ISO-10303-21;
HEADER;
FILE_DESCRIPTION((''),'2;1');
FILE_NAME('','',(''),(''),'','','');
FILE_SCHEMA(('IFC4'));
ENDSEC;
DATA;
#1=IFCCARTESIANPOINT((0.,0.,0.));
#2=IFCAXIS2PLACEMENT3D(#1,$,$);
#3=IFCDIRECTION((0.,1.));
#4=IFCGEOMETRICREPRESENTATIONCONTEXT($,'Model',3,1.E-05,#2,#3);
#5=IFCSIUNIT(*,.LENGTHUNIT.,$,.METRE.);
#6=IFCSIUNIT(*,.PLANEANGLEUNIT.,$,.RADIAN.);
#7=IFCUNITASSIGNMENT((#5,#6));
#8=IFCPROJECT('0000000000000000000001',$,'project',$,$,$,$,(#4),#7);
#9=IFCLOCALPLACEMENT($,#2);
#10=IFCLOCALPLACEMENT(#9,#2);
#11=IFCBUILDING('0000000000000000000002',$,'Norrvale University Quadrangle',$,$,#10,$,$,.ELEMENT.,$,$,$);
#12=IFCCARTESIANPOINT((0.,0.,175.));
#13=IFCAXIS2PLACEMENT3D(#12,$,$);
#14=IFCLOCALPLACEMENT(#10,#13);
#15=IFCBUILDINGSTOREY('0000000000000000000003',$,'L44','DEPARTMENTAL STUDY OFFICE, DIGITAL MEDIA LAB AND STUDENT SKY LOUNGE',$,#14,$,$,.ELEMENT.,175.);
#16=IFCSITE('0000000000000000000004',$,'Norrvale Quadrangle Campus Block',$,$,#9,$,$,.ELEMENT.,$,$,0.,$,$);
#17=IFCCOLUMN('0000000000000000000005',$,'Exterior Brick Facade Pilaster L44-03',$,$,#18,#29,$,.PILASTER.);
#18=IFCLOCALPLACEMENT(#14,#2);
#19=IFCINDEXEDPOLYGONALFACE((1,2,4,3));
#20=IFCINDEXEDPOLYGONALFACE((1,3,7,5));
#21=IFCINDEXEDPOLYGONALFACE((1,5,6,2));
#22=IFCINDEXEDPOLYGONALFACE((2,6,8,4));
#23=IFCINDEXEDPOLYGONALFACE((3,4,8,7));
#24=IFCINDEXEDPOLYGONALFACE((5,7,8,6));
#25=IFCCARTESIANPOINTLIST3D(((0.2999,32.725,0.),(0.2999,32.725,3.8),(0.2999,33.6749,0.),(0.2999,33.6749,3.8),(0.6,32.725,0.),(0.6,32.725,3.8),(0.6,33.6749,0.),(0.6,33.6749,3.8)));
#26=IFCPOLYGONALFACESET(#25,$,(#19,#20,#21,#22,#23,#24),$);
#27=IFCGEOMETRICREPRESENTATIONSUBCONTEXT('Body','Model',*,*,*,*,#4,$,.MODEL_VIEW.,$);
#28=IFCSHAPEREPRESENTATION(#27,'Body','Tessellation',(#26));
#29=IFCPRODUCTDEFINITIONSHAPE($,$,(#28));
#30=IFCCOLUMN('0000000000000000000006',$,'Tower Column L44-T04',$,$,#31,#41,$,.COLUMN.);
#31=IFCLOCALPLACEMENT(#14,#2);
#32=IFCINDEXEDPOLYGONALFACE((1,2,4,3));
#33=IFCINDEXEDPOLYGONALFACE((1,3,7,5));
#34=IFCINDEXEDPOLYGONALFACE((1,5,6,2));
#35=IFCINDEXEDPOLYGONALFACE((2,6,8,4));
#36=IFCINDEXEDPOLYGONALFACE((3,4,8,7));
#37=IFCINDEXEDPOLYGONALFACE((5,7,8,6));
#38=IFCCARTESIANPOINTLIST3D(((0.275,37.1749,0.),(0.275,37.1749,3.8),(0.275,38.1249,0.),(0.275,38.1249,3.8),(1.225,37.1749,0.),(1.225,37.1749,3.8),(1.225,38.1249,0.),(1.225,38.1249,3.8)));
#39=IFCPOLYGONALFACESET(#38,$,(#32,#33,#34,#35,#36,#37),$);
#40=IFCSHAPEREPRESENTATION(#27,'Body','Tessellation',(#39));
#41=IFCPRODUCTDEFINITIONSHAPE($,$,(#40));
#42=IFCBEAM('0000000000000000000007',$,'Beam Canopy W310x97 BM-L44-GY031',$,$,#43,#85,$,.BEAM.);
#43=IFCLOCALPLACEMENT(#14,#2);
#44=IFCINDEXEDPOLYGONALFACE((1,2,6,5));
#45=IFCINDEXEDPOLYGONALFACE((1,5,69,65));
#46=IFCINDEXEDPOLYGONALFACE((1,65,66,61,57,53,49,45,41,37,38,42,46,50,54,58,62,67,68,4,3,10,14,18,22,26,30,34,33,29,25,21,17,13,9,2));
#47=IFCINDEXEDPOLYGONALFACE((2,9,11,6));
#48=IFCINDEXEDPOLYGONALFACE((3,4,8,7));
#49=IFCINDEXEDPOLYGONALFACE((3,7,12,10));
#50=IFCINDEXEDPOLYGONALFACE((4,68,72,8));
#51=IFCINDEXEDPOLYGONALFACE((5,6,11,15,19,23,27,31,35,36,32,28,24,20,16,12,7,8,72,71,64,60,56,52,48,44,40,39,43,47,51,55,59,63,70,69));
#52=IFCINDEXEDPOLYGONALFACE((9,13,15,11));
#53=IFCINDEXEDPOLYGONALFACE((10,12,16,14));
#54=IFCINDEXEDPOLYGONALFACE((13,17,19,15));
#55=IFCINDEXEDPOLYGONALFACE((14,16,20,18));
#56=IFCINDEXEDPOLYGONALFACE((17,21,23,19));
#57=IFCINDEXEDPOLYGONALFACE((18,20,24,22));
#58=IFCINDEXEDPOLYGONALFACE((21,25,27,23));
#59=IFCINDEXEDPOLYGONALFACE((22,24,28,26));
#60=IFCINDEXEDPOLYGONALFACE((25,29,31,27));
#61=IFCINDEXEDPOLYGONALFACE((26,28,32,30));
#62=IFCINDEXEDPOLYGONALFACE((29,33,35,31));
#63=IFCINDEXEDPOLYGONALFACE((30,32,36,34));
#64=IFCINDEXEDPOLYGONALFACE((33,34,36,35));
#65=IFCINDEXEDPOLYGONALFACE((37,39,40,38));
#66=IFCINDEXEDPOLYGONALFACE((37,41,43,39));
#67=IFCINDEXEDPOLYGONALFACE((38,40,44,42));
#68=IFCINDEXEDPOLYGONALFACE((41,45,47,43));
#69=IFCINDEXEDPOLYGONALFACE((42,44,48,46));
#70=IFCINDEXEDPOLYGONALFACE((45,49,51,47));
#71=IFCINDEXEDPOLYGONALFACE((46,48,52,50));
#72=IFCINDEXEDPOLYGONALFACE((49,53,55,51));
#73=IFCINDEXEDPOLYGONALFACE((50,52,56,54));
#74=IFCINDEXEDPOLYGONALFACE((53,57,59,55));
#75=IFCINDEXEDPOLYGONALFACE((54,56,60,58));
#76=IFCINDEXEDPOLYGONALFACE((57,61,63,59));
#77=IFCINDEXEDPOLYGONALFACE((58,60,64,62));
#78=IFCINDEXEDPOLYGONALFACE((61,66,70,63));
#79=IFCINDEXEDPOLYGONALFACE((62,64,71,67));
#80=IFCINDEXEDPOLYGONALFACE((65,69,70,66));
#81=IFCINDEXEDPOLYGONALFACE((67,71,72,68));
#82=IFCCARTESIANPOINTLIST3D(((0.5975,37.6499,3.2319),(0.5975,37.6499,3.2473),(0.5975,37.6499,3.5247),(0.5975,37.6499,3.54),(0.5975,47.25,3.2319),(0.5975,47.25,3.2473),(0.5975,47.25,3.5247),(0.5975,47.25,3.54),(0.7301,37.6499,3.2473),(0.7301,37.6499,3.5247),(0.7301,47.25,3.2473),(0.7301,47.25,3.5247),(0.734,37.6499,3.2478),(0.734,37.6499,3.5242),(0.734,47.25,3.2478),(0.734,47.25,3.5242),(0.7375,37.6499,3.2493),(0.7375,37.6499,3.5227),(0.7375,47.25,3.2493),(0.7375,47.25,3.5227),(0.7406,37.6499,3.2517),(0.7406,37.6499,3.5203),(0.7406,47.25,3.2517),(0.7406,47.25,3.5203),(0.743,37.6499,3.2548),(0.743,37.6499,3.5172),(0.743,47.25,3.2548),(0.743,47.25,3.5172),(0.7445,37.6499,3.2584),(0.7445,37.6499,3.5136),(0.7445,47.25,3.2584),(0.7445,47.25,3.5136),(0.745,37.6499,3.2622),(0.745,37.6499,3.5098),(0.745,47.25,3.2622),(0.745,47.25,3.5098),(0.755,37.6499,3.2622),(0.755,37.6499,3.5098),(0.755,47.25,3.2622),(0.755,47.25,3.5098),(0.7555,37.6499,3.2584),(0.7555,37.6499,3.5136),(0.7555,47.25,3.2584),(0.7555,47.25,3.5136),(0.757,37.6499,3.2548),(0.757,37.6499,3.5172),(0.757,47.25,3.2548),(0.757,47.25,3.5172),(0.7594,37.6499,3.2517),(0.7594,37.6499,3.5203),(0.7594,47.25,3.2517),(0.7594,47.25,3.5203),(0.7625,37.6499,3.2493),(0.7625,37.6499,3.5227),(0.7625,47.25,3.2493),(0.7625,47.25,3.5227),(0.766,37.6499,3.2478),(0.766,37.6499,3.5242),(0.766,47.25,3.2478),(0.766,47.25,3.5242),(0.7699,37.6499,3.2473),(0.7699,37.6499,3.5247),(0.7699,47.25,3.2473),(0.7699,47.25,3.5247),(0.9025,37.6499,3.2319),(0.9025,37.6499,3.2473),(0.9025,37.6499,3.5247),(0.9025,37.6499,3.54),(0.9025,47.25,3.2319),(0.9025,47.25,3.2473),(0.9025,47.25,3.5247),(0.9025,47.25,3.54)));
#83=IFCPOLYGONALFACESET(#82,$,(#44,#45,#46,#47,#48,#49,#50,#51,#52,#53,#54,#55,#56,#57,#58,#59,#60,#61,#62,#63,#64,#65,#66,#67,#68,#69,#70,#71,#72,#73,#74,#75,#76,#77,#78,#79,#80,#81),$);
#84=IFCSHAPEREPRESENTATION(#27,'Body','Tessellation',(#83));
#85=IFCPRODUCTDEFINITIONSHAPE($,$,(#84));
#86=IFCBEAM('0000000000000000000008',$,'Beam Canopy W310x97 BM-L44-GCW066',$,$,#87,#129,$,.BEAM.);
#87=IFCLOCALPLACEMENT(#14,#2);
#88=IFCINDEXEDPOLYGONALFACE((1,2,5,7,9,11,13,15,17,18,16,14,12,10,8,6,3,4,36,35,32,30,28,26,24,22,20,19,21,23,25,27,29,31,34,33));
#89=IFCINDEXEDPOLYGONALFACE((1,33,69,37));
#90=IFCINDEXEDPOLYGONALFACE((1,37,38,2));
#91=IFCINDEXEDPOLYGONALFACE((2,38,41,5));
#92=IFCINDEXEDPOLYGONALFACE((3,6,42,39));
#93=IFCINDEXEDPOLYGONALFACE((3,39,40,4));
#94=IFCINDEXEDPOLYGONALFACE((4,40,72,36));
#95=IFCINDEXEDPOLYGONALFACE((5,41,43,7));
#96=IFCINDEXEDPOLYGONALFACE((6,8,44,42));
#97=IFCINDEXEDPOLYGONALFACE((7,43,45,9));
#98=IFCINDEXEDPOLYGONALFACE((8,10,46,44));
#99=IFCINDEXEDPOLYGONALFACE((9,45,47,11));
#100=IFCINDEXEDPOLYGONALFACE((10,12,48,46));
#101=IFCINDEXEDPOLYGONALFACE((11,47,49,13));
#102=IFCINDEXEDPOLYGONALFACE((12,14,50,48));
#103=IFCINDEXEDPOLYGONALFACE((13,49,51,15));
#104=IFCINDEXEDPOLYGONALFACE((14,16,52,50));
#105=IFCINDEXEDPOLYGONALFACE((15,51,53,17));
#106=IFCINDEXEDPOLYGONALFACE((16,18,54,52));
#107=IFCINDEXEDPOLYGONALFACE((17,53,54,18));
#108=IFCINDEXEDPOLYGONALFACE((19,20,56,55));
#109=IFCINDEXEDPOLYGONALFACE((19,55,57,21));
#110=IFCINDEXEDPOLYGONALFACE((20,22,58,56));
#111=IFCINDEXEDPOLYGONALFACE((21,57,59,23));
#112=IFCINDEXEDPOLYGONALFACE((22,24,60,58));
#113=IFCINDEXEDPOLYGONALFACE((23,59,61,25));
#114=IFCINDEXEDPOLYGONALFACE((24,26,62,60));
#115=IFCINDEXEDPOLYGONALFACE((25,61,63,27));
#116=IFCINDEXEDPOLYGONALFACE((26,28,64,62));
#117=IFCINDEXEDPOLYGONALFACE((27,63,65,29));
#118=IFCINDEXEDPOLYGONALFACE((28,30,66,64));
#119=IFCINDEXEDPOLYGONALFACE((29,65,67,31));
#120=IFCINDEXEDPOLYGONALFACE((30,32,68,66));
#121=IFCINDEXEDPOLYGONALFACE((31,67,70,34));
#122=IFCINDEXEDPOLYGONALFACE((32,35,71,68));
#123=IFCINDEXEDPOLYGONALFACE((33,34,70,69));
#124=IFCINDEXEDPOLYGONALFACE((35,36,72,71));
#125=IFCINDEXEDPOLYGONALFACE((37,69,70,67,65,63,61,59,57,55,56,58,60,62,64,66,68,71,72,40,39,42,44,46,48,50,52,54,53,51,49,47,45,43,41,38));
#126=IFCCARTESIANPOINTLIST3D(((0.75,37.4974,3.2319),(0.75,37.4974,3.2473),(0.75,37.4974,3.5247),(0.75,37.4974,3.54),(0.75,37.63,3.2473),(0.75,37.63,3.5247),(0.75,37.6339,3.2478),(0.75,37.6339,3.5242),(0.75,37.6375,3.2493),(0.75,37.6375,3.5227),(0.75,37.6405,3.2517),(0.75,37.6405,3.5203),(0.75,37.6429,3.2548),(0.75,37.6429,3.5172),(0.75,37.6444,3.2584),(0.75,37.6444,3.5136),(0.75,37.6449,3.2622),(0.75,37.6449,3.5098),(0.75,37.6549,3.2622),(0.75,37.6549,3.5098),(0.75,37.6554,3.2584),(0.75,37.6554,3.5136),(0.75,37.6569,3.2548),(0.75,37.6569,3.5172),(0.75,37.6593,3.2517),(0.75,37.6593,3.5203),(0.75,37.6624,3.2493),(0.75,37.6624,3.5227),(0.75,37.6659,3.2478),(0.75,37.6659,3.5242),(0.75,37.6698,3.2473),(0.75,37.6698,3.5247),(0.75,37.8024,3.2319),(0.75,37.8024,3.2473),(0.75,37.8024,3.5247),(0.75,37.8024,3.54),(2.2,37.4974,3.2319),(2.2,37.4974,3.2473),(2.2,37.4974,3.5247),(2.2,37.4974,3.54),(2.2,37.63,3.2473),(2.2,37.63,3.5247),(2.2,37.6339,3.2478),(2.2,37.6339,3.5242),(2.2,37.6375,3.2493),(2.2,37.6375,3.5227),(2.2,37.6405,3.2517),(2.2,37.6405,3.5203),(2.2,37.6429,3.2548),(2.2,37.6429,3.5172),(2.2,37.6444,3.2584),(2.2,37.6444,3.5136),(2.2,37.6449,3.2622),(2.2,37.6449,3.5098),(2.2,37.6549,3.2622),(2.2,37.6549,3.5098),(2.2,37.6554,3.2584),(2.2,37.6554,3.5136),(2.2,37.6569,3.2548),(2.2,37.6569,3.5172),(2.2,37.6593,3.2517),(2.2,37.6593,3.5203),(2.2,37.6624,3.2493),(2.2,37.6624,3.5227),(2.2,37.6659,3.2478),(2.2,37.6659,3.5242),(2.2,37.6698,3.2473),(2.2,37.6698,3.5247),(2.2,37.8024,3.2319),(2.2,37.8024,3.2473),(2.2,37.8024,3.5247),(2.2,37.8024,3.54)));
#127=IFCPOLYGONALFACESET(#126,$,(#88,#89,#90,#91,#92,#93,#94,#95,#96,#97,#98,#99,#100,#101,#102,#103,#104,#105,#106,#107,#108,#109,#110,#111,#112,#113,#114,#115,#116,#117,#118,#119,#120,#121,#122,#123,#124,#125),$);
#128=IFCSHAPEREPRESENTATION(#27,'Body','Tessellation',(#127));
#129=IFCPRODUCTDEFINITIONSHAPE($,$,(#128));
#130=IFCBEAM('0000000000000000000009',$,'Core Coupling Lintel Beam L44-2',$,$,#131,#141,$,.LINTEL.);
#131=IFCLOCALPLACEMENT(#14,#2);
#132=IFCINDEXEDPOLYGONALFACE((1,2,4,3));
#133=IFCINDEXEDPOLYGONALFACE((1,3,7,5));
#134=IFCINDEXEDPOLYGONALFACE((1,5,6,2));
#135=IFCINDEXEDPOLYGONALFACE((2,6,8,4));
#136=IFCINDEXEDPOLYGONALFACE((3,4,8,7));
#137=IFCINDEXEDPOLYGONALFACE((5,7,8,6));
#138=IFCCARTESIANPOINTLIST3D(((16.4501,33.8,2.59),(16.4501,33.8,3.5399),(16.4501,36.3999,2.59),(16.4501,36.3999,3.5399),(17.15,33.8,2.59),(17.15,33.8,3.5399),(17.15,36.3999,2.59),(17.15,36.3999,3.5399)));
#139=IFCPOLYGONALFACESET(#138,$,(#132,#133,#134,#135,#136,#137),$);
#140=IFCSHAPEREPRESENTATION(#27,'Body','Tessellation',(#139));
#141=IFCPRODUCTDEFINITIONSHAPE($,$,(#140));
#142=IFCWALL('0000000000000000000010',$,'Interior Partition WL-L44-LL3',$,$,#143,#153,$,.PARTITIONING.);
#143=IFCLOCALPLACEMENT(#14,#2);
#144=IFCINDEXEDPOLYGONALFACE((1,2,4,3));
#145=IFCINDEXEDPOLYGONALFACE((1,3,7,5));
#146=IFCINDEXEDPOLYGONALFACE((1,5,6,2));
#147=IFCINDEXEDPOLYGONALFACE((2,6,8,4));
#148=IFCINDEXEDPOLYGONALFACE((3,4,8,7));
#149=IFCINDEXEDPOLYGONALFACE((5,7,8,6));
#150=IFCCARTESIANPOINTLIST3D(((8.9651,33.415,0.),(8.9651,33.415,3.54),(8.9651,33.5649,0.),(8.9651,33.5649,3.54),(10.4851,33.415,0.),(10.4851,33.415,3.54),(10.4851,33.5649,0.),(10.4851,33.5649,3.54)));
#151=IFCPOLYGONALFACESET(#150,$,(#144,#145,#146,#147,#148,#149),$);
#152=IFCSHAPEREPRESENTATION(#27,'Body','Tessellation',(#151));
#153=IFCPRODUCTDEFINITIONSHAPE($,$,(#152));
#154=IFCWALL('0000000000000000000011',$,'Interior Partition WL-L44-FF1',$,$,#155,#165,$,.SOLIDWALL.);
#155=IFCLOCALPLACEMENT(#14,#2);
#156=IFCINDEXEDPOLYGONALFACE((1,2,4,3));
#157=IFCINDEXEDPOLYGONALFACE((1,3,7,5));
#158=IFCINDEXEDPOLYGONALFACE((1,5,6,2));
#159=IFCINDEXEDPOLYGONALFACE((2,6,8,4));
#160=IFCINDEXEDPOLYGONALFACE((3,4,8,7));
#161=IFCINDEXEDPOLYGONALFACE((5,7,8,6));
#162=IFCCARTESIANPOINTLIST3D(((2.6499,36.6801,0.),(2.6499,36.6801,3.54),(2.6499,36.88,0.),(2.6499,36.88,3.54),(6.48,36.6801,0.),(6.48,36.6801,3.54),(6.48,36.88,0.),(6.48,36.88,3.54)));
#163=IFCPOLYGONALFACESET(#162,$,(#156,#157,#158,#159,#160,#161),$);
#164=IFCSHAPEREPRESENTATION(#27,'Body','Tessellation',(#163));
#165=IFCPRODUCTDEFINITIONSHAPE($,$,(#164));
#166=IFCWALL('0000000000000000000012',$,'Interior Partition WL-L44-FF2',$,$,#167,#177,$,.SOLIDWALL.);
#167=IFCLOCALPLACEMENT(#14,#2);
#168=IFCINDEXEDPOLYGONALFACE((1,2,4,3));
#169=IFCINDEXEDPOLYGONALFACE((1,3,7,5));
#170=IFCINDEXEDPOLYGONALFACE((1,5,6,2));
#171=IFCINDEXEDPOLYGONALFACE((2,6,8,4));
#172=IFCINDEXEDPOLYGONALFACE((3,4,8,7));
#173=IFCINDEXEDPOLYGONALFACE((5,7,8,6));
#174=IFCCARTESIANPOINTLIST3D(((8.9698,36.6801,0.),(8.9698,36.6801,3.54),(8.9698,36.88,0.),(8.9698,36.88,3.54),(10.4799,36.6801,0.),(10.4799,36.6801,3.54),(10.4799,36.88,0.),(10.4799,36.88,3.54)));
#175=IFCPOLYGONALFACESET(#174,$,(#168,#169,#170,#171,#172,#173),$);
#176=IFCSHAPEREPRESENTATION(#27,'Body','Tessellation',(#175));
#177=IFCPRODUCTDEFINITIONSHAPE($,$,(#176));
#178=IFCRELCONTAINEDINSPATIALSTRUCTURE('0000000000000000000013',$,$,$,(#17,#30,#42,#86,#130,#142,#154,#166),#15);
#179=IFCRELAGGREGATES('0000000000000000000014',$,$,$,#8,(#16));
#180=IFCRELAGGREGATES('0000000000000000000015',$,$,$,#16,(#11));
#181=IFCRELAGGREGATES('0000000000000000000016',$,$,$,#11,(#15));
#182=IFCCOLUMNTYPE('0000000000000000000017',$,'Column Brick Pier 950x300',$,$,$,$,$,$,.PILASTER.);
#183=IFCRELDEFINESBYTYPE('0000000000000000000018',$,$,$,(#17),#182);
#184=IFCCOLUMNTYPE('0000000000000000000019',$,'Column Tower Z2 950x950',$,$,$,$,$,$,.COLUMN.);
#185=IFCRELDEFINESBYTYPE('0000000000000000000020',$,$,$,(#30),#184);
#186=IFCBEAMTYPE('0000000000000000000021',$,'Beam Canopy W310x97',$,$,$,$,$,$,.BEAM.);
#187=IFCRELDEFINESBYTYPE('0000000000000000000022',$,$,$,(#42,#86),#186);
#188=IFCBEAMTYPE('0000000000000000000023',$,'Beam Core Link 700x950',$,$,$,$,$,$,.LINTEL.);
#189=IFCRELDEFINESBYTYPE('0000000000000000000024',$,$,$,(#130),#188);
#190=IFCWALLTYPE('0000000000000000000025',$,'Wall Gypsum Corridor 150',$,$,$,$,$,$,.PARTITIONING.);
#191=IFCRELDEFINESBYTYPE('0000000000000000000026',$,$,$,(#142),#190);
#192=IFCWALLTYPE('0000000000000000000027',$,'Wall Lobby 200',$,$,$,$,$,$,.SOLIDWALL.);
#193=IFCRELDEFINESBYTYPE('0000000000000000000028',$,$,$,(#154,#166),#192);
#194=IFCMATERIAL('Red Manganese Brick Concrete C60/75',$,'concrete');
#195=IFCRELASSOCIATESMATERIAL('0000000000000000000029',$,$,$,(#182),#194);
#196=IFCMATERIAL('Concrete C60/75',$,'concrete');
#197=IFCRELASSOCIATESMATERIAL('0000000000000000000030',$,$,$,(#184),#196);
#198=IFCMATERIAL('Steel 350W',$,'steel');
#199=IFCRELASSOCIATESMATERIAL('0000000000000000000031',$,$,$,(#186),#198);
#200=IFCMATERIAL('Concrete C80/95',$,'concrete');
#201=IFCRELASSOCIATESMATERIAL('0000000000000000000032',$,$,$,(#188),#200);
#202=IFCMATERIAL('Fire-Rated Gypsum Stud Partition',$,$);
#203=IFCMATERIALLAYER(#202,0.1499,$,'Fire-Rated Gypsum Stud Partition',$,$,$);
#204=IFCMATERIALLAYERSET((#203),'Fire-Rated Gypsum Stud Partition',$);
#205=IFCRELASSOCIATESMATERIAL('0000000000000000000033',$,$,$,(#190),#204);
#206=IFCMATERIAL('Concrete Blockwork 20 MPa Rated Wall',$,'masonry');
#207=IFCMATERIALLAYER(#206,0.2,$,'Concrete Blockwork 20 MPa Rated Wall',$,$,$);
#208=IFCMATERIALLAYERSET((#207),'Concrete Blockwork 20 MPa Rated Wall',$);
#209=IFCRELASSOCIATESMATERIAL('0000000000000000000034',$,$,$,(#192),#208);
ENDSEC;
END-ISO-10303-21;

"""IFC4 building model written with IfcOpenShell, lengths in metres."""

from ifc_helpers import new_model, si_unit, direction, frame, frame_2d, origin, origin_2d, place, context, subcontext, project, spatial, rectangle, i_section, extrude, material, layer, layer_set, material_profile, profile_set, type_object, element, save


model = new_model("IFC4")

# Units and contexts
model_context = context("Model", 3, precision=1e-05, world=origin(), true_north=direction((0.0, 1.0)))
body_context = subcontext(model_context, "Body", "Model", "MODEL_VIEW")
ifc_project = project(units=[si_unit("LENGTHUNIT", "METRE"), si_unit("PLANEANGLEUNIT", "RADIAN")], contexts=[model_context])

# Site, building, storey
site_placement = place(None, origin())
site = spatial("IfcSite", under=ifc_project, at=site_placement, Name="Norrvale Quadrangle Campus Block", CompositionType="ELEMENT", RefElevation=0.0)
building_placement = place(site_placement, origin())
building = spatial("IfcBuilding", under=site, at=building_placement, Name="Norrvale University Quadrangle", CompositionType="ELEMENT")
storey_placement = place(building_placement, frame((0.0, 0.0, 175.0)))
storey = spatial("IfcBuildingStorey", under=building, at=storey_placement, Name="L44", Description="DEPARTMENTAL STUDY OFFICE, DIGITAL MEDIA LAB AND STUDENT SKY LOUNGE", CompositionType="ELEMENT", Elevation=175.0)

# Columns
ifc_material_1 = material(Name="Red Manganese Brick Concrete C60/75", Category="concrete")
ifc_material_profile_1 = material_profile(ifc_material_1, rectangle(XDim=0.95, YDim=0.3, at=origin_2d()), Name="Red Manganese Brick Concrete C60/75")
ifc_profile_set_1 = profile_set([ifc_material_profile_1], Name="Red Manganese Brick Concrete C60/75")
column_type_1 = type_object("IfcColumnType", Name="Column Brick Pier 950x300", PredefinedType="PILASTER", material=ifc_profile_set_1)
column_1_placement = place(storey_placement, frame((0.45, 33.2, 0.0), z_axis=(0.0, 0.0, 1.0), x_axis=(0.0, 1.0, 0.0)))
element("IfcColumn", 1, at=column_1_placement, inside=storey, type_object=column_type_1, Name="Exterior Brick Facade Pilaster L44-03", PredefinedType="PILASTER", context=body_context, shape_type="SweptSolid", body=[
    extrude(rectangle(XDim=0.95, YDim=0.3, at=origin_2d()), origin(), (0.0, 0.0, 1.0), 3.8),
])
ifc_material_2 = material(Name="Concrete C60/75", Category="concrete")
ifc_material_profile_2 = material_profile(ifc_material_2, rectangle(XDim=0.95, YDim=0.95, at=origin_2d()), Name="Concrete C60/75")
ifc_profile_set_2 = profile_set([ifc_material_profile_2], Name="Concrete C60/75")
column_type_2 = type_object("IfcColumnType", Name="Column Tower Z2 950x950", PredefinedType="COLUMN", material=ifc_profile_set_2)
column_2_placement = place(storey_placement, frame((0.75, 37.6499, 0.0), z_axis=(0.0, 0.0, 1.0), x_axis=(1.0, 0.0, 0.0)))
element("IfcColumn", 2, at=column_2_placement, inside=storey, type_object=column_type_2, Name="Tower Column L44-T04", PredefinedType="COLUMN", context=body_context, shape_type="SweptSolid", body=[
    extrude(rectangle(XDim=0.95, YDim=0.95, at=origin_2d()), origin(), (0.0, 0.0, 1.0), 3.8),
])

# Beams
ifc_material_3 = material(Name="Steel 350W", Category="steel")
ifc_material_profile_3 = material_profile(ifc_material_3, i_section(OverallWidth=0.3049, OverallDepth=0.3081, WebThickness=0.01, FlangeThickness=0.0154, FilletRadius=0.0149, at=origin_2d()), Name="Steel 350W")
ifc_profile_set_3 = profile_set([ifc_material_profile_3], Name="Steel 350W")
beam_type_1 = type_object("IfcBeamType", Name="Beam Canopy W310x97", PredefinedType="BEAM", material=ifc_profile_set_3)
beam_1_placement = place(storey_placement, frame((0.75, 37.6499, 3.386), z_axis=(0.0, 1.0, 0.0), x_axis=(-1.0, 0.0, 0.0)))
element("IfcBeam", 3, at=beam_1_placement, inside=storey, type_object=beam_type_1, Name="Beam Canopy W310x97 BM-L44-GY031", PredefinedType="BEAM", context=body_context, shape_type="SweptSolid", body=[
    extrude(i_section(OverallWidth=0.3049, OverallDepth=0.3081, WebThickness=0.01, FlangeThickness=0.0154, FilletRadius=0.0149, at=origin_2d()), origin(), (0.0, 0.0, 1.0), 9.6001),
])
beam_2_placement = place(storey_placement, frame((0.75, 37.6499, 3.386), z_axis=(1.0, 0.0, 0.0), x_axis=(0.0, 1.0, 0.0)))
element("IfcBeam", 4, at=beam_2_placement, inside=storey, type_object=beam_type_1, Name="Beam Canopy W310x97 BM-L44-GCW066", PredefinedType="BEAM", context=body_context, shape_type="SweptSolid", body=[
    extrude(i_section(OverallWidth=0.3049, OverallDepth=0.3081, WebThickness=0.01, FlangeThickness=0.0154, FilletRadius=0.0149, at=origin_2d()), origin(), (0.0, 0.0, 1.0), 1.45),
])
ifc_material_4 = material(Name="Concrete C80/95", Category="concrete")
ifc_material_profile_4 = material_profile(ifc_material_4, rectangle(XDim=0.7, YDim=0.95, at=origin_2d()), Name="Concrete C80/95")
ifc_profile_set_4 = profile_set([ifc_material_profile_4], Name="Concrete C80/95")
beam_type_2 = type_object("IfcBeamType", Name="Beam Core Link 700x950", PredefinedType="LINTEL", material=ifc_profile_set_4)
beam_3_placement = place(storey_placement, frame((16.8, 33.8, 3.0649), z_axis=(0.0, 1.0, 0.0), x_axis=(-1.0, 0.0, 0.0)))
element("IfcBeam", 5, at=beam_3_placement, inside=storey, type_object=beam_type_2, Name="Core Coupling Lintel Beam L44-2", PredefinedType="LINTEL", context=body_context, shape_type="SweptSolid", body=[
    extrude(rectangle(XDim=0.7, YDim=0.95, at=origin_2d()), origin(), (0.0, 0.0, 1.0), 2.5999),
])

# Walls
ifc_material_5 = material(Name="Fire-Rated Gypsum Stud Partition")
ifc_layer_1 = layer(ifc_material_5, 0.1499, Name="Fire-Rated Gypsum Stud Partition")
ifc_layer_set_1 = layer_set([ifc_layer_1], Name="Fire-Rated Gypsum Stud Partition")
wall_type_1 = type_object("IfcWallType", Name="Wall Gypsum Corridor 150", PredefinedType="PARTITIONING", material=ifc_layer_set_1)
wall_1_placement = place(storey_placement, frame((8.9651, 33.49, 0.0), z_axis=(0.0, 0.0, 1.0), x_axis=(1.0, 0.0, 0.0)))
element("IfcWall", 6, at=wall_1_placement, inside=storey, type_object=wall_type_1, Name="Interior Partition WL-L44-LL3", PredefinedType="PARTITIONING", context=body_context, shape_type="SweptSolid", body=[
    extrude(rectangle(XDim=1.52, YDim=0.1499, at=frame_2d((0.76, 0.0))), origin(), (0.0, 0.0, 1.0), 3.54),
])
ifc_material_6 = material(Name="Concrete Blockwork 20 MPa Rated Wall", Category="masonry")
ifc_layer_2 = layer(ifc_material_6, 0.2, Name="Concrete Blockwork 20 MPa Rated Wall")
ifc_layer_set_2 = layer_set([ifc_layer_2], Name="Concrete Blockwork 20 MPa Rated Wall")
wall_type_2 = type_object("IfcWallType", Name="Wall Lobby 200", PredefinedType="SOLIDWALL", material=ifc_layer_set_2)
wall_2_placement = place(storey_placement, frame((2.6499, 36.78, 0.0), z_axis=(0.0, 0.0, 1.0), x_axis=(1.0, 0.0, 0.0)))
element("IfcWall", 7, at=wall_2_placement, inside=storey, type_object=wall_type_2, Name="Interior Partition WL-L44-FF1", PredefinedType="SOLIDWALL", context=body_context, shape_type="SweptSolid", body=[
    extrude(rectangle(XDim=3.8301, YDim=0.2, at=frame_2d((1.915, 0.0))), origin(), (0.0, 0.0, 1.0), 3.54),
])
wall_3_placement = place(storey_placement, frame((8.97, 36.78, 0.0), z_axis=(0.0, 0.0, 1.0), x_axis=(1.0, 0.0, 0.0)))
element("IfcWall", 8, at=wall_3_placement, inside=storey, type_object=wall_type_2, Name="Interior Partition WL-L44-FF2", PredefinedType="SOLIDWALL", context=body_context, shape_type="SweptSolid", body=[
    extrude(rectangle(XDim=1.51, YDim=0.2, at=frame_2d((0.7549, 0.0))), origin(), (0.0, 0.0, 1.0), 3.54),
])

save(model, "model.ifc")
